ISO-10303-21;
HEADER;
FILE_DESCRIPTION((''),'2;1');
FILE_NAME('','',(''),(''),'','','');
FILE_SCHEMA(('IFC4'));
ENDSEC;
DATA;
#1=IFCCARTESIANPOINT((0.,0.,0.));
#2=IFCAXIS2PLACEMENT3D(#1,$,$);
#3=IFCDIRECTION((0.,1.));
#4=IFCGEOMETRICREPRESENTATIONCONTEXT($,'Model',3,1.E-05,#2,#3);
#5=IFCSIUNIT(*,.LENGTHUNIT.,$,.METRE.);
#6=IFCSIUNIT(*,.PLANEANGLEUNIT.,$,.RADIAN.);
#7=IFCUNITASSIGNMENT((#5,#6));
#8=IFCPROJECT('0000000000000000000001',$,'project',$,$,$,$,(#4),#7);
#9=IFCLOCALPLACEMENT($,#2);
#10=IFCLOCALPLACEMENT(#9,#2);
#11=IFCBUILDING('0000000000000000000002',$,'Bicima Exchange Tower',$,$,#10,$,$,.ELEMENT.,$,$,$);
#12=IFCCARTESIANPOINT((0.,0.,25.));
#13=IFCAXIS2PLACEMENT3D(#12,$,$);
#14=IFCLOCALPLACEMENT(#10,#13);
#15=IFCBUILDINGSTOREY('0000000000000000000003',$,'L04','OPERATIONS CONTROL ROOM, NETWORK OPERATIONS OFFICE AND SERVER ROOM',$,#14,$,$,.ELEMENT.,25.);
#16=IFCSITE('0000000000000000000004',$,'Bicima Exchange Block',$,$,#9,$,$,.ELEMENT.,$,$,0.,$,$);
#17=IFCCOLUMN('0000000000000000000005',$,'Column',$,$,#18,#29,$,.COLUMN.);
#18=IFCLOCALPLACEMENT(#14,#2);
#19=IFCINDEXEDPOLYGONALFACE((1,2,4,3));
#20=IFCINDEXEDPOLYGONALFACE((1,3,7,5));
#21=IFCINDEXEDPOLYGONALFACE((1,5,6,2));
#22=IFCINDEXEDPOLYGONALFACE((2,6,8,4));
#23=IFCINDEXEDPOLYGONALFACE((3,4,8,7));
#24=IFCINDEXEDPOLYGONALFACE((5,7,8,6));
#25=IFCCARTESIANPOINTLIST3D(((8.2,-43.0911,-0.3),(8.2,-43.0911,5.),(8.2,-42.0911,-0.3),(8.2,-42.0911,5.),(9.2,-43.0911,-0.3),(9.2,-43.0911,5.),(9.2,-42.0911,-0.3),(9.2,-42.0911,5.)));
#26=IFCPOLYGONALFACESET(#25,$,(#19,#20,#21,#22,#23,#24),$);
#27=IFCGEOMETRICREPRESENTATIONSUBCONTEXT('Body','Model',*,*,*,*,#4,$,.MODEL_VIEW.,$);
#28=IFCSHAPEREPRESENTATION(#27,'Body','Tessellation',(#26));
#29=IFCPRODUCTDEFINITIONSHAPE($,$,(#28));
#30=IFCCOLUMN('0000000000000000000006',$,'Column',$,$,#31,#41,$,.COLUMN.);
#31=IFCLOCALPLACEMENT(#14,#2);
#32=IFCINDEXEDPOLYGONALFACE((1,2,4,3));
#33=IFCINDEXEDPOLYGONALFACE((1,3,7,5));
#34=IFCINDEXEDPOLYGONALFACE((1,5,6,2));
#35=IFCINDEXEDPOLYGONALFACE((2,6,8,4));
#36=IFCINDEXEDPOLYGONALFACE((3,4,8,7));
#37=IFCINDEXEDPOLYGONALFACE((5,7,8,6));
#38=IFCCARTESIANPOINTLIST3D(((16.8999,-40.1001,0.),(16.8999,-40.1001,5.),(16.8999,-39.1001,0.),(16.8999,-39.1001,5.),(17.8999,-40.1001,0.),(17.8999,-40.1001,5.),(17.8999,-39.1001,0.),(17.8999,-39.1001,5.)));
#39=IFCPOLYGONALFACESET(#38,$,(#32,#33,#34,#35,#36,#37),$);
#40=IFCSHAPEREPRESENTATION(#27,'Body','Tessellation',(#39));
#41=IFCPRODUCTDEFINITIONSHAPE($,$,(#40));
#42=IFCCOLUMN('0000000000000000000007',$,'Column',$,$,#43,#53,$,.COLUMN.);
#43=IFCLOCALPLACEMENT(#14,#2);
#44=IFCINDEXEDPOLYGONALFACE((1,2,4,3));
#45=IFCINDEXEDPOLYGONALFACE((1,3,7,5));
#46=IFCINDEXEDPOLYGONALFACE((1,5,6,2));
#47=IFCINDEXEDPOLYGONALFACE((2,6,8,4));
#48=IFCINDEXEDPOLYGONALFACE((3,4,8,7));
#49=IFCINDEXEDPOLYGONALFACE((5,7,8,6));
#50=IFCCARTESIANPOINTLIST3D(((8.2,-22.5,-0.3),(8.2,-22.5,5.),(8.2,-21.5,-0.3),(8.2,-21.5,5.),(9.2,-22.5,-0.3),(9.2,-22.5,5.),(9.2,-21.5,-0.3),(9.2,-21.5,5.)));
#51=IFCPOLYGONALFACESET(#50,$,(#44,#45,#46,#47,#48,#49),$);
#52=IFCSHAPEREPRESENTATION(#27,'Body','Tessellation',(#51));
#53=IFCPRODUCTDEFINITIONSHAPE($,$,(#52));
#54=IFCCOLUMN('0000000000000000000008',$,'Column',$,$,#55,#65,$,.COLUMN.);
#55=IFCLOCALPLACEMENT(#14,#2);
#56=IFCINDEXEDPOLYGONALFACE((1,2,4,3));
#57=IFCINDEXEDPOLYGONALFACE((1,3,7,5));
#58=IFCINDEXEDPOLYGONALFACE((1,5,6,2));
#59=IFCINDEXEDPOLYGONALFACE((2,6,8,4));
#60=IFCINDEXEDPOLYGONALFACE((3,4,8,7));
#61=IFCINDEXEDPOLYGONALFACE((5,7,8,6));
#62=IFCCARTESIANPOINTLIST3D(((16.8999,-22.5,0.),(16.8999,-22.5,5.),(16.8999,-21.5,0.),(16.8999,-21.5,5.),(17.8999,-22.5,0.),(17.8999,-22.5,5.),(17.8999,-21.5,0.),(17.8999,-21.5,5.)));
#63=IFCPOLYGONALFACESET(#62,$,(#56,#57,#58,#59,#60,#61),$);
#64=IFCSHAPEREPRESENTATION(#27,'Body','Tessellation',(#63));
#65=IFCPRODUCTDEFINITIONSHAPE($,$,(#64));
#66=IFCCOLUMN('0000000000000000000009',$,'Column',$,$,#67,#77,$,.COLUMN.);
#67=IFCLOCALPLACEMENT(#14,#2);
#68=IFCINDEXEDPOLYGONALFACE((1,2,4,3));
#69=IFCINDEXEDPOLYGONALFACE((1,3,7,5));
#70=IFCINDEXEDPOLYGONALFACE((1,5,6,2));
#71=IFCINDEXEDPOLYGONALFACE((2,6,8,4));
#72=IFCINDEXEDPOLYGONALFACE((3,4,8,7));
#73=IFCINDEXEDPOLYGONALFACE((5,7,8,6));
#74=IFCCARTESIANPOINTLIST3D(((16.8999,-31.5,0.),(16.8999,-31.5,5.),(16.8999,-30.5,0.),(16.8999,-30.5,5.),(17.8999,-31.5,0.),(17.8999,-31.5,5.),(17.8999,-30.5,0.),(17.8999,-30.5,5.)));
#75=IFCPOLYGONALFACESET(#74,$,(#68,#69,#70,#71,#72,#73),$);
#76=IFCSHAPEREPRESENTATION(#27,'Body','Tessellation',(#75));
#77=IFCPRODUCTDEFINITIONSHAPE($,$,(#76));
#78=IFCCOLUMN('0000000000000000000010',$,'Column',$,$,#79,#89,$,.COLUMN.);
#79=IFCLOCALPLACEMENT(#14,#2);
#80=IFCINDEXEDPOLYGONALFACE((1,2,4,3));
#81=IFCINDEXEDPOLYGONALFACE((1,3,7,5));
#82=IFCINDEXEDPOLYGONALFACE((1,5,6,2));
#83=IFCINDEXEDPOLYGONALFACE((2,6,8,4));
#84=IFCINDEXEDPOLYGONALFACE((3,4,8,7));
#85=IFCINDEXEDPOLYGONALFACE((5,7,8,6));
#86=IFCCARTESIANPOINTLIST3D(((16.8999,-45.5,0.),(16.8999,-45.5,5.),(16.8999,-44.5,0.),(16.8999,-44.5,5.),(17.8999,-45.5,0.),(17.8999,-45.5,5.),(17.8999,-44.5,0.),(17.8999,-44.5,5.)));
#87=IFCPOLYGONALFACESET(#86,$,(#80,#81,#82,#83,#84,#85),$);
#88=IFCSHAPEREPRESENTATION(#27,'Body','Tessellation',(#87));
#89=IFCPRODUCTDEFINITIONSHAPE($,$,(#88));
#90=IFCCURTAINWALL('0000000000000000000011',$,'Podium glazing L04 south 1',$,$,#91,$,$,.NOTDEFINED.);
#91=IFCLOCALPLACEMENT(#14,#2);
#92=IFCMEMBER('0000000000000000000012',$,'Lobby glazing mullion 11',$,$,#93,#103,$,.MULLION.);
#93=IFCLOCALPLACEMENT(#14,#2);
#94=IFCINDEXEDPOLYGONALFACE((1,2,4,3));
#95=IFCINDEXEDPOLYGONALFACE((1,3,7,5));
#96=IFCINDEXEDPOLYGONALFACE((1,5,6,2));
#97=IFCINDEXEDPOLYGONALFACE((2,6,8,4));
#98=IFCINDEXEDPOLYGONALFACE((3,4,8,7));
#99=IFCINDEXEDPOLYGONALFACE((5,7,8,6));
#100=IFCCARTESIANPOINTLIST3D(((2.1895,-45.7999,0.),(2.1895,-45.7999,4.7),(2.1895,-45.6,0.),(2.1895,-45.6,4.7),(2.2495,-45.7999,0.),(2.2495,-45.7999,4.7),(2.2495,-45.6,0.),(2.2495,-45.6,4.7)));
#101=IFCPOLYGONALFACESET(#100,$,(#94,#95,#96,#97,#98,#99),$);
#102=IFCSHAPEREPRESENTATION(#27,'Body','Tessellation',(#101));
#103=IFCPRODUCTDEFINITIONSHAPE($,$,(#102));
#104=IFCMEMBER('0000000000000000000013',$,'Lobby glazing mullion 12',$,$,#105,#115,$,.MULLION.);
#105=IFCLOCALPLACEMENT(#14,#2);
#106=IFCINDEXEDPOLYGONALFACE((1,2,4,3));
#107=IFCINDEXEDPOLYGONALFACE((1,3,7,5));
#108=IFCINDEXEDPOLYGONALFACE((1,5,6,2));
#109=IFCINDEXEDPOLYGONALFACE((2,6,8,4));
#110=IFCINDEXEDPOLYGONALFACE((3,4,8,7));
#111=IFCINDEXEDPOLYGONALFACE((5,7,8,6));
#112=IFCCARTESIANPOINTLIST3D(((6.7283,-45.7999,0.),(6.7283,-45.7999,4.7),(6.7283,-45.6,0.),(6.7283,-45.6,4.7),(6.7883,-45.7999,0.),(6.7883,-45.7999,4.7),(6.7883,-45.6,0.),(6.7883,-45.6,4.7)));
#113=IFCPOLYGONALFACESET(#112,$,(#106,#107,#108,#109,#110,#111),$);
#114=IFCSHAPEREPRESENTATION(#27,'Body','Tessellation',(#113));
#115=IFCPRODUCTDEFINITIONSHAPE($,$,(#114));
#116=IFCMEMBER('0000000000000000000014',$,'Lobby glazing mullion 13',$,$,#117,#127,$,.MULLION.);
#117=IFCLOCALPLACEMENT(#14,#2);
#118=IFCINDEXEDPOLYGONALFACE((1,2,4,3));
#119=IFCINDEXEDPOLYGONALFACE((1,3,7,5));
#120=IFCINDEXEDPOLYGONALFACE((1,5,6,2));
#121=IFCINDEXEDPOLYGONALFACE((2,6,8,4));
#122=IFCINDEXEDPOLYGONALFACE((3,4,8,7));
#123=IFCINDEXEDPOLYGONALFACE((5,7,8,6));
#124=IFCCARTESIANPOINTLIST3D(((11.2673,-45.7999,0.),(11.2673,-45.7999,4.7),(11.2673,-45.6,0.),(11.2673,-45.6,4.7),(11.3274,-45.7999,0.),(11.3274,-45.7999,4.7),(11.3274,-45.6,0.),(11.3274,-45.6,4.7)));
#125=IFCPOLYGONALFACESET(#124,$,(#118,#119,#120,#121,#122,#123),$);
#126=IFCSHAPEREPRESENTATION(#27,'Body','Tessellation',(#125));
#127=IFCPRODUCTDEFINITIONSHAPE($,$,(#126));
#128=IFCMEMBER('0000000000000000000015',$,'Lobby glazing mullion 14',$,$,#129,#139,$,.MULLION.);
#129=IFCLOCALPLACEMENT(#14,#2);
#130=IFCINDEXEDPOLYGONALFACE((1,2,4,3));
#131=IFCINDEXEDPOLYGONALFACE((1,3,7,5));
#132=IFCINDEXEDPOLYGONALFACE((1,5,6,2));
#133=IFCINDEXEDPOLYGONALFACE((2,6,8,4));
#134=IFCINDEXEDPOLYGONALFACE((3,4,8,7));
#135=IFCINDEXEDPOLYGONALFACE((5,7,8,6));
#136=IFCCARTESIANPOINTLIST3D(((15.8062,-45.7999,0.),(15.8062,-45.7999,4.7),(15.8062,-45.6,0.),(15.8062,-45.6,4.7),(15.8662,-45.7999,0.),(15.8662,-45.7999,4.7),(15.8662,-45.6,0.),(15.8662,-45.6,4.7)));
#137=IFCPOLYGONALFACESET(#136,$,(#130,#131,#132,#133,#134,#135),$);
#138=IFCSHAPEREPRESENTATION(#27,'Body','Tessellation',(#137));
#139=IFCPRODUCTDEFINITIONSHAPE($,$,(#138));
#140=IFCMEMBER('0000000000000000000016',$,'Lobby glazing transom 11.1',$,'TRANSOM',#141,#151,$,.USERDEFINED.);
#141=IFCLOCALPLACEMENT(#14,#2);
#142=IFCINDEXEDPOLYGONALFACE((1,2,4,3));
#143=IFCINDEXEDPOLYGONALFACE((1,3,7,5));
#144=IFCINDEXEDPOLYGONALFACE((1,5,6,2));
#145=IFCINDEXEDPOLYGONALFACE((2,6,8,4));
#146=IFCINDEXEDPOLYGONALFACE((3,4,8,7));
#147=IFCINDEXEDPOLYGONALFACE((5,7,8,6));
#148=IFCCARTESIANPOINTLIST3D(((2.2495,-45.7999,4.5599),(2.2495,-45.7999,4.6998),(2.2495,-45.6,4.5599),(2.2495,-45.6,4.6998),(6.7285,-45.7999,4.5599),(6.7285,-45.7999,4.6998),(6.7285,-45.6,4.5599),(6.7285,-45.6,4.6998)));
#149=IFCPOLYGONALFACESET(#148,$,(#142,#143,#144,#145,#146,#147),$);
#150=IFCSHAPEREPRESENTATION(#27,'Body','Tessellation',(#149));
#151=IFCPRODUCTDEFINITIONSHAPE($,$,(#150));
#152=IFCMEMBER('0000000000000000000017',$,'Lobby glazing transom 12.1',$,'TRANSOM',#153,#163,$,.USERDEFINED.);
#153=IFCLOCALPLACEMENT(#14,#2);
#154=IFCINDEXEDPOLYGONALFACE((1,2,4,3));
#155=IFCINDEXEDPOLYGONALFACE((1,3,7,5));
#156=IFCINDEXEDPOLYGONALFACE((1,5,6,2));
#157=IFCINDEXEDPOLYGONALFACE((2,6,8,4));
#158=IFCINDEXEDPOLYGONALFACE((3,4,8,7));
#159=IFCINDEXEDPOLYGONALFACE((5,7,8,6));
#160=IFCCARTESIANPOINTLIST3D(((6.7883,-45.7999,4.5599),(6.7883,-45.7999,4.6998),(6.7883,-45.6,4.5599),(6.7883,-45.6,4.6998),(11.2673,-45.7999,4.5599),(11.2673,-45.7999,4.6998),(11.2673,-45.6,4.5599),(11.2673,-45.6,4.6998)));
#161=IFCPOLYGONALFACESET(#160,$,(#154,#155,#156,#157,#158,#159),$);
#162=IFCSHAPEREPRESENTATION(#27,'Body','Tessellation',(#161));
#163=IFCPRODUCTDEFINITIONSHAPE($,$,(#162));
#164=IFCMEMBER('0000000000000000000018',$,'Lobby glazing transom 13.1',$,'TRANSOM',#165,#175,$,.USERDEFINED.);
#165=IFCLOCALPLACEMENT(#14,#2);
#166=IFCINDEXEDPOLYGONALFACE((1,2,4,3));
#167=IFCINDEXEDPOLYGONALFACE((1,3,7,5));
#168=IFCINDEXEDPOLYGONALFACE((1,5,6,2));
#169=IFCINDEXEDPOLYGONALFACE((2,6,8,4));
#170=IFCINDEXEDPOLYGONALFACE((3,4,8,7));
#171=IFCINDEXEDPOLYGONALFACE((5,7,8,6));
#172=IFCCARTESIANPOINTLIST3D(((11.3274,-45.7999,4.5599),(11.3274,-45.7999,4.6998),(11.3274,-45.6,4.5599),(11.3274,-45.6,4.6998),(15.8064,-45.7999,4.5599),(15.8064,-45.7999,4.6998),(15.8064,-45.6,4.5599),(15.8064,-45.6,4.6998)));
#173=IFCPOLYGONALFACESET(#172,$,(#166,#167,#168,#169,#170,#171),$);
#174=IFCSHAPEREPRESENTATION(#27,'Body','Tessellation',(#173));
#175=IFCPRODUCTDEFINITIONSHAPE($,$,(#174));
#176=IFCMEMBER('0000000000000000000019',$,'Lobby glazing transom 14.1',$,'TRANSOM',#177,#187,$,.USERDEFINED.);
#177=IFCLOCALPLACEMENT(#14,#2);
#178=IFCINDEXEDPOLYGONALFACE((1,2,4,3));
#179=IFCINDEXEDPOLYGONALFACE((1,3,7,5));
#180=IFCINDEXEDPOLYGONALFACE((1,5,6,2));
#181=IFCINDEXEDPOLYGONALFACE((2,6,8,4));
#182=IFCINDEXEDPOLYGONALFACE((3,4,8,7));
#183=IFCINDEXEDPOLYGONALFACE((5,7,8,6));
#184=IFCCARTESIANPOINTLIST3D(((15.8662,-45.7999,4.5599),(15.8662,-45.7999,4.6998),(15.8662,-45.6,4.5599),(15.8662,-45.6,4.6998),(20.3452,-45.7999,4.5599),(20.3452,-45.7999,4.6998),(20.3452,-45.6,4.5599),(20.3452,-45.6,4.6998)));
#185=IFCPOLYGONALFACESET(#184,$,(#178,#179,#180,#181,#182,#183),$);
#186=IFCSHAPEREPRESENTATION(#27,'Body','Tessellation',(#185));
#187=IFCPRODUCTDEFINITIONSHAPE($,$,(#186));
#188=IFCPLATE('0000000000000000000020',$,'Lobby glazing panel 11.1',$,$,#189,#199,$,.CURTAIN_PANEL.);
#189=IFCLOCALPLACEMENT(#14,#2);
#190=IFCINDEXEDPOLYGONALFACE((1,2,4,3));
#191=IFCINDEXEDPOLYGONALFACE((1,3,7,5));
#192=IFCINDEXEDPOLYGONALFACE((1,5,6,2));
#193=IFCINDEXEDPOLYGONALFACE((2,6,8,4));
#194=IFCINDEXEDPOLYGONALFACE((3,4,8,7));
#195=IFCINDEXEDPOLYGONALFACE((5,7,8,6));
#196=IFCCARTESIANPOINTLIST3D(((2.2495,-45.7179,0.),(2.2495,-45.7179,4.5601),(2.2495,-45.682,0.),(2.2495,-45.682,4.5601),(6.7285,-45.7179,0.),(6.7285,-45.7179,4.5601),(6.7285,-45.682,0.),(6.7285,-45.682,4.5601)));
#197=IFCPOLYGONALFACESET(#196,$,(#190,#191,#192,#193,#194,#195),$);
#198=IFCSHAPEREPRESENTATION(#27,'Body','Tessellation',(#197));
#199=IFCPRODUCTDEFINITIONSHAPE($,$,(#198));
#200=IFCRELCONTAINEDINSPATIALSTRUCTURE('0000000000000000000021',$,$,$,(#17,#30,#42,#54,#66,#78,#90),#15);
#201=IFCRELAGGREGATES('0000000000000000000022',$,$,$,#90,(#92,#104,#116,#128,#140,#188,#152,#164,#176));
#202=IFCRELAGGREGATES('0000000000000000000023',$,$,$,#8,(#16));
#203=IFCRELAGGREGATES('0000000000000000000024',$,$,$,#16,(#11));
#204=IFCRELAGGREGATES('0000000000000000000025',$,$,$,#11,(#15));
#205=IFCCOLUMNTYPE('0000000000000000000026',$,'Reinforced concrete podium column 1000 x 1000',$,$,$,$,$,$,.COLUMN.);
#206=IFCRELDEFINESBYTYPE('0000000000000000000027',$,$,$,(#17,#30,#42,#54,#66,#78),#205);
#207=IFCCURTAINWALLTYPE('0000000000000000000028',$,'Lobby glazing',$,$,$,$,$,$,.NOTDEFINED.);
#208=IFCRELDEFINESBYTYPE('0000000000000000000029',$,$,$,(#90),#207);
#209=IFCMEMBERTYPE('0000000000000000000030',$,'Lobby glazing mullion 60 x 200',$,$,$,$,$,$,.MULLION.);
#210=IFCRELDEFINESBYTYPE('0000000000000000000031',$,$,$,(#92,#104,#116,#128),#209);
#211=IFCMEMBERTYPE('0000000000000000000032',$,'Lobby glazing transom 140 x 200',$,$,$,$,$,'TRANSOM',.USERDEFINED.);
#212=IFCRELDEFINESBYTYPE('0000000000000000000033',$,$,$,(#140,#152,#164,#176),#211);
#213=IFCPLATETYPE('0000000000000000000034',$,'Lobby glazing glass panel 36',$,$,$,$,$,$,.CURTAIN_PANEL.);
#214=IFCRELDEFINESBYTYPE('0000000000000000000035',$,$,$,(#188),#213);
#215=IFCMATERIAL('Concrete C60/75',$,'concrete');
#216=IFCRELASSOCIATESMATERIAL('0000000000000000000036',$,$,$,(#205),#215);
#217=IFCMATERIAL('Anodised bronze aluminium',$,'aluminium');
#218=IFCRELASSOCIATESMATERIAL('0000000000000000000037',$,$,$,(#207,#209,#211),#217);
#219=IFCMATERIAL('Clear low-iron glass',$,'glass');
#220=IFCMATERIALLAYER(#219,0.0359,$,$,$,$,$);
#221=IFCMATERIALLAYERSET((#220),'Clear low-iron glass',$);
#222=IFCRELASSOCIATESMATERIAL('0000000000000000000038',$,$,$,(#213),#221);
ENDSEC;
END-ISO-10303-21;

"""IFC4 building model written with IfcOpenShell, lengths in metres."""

from ifc_helpers import new_model, si_unit, direction, frame, origin, origin_2d, place, context, subcontext, project, spatial, rectangle, extrude, material, layer, layer_set, material_profile, profile_set, type_object, element, aggregate, save


model = new_model("IFC4")

# Units and contexts
model_context = context("Model", 3, precision=1e-05, world=origin(), true_north=direction((0.0, 1.0)))
body_context = subcontext(model_context, "Body", "Model", "MODEL_VIEW")
ifc_project = project(units=[si_unit("LENGTHUNIT", "METRE"), si_unit("PLANEANGLEUNIT", "RADIAN")], contexts=[model_context])

# Site, building, storey
site_placement = place(None, origin())
site = spatial("IfcSite", under=ifc_project, at=site_placement, Name="Bicima Exchange Block", CompositionType="ELEMENT", RefElevation=0.0)
building_placement = place(site_placement, origin())
building = spatial("IfcBuilding", under=site, at=building_placement, Name="Bicima Exchange Tower", CompositionType="ELEMENT")
storey_placement = place(building_placement, frame((0.0, 0.0, 25.0)))
storey = spatial("IfcBuildingStorey", under=building, at=storey_placement, Name="L04", Description="OPERATIONS CONTROL ROOM, NETWORK OPERATIONS OFFICE AND SERVER ROOM", CompositionType="ELEMENT", Elevation=25.0)

# Columns
ifc_material_1 = material(Name="Concrete C60/75", Category="concrete")
ifc_material_profile_1 = material_profile(ifc_material_1, rectangle(XDim=1.0, YDim=1.0, at=origin_2d()))
ifc_profile_set_1 = profile_set([ifc_material_profile_1], Name="Concrete C60/75")
column_type = type_object("IfcColumnType", Name="Reinforced concrete podium column 1000 x 1000", PredefinedType="COLUMN", material=ifc_profile_set_1)
column_1_placement = place(storey_placement, frame((8.7, -42.5911, -0.3), z_axis=(0.0, 0.0, 1.0), x_axis=(1.0, 0.0, 0.0)))
element("IfcColumn", 1, at=column_1_placement, inside=storey, type_object=column_type, Name="Column", PredefinedType="COLUMN", context=body_context, shape_type="SweptSolid", body=[
    extrude(rectangle(XDim=1.0, YDim=1.0, at=origin_2d()), origin(), (0.0, 0.0, 1.0), 5.3),
])
column_2_placement = place(storey_placement, frame((17.3999, -39.6001, 0.0), z_axis=(0.0, 0.0, 1.0), x_axis=(1.0, 0.0, 0.0)))
element("IfcColumn", 2, at=column_2_placement, inside=storey, type_object=column_type, Name="Column", PredefinedType="COLUMN", context=body_context, shape_type="SweptSolid", body=[
    extrude(rectangle(XDim=1.0, YDim=1.0, at=origin_2d()), origin(), (0.0, 0.0, 1.0), 5.0),
])
column_3_placement = place(storey_placement, frame((8.7, -22.0, -0.3), z_axis=(0.0, 0.0, 1.0), x_axis=(1.0, 0.0, 0.0)))
element("IfcColumn", 3, at=column_3_placement, inside=storey, type_object=column_type, Name="Column", PredefinedType="COLUMN", context=body_context, shape_type="SweptSolid", body=[
    extrude(rectangle(XDim=1.0, YDim=1.0, at=origin_2d()), origin(), (0.0, 0.0, 1.0), 5.3),
])
for number, where, z_axis, x_axis, name in (
    (4, (17.3999, -22.0, 0.0), (0.0, 0.0, 1.0), (1.0, 0.0, 0.0), "Column"),
    (5, (17.3999, -31.0, 0.0), (0.0, 0.0, 1.0), (1.0, 0.0, 0.0), "Column"),
    (6, (17.3999, -45.0, 0.0), (0.0, 0.0, 1.0), (1.0, 0.0, 0.0), "Column"),
):
    element("IfcColumn", number, at=place(storey_placement, frame(where, z_axis=z_axis, x_axis=x_axis)), inside=storey, type_object=column_type, Name=name, PredefinedType="COLUMN", context=body_context, shape_type="SweptSolid", body=[
        extrude(rectangle(XDim=1.0, YDim=1.0, at=origin_2d()), origin(), (0.0, 0.0, 1.0), 5.0),
    ])

# Curtain wall, members, plate
ifc_material_2 = material(Name="Anodised bronze aluminium", Category="aluminium")
curtain_wall_type = type_object("IfcCurtainWallType", Name="Lobby glazing", PredefinedType="NOTDEFINED", material=ifc_material_2)
curtain_wall_placement = place(storey_placement, origin())
curtain_wall = element("IfcCurtainWall", 7, at=curtain_wall_placement, inside=storey, type_object=curtain_wall_type, Name="Podium glazing L04 south 1", PredefinedType="NOTDEFINED")
ifc_material_profile_2 = material_profile(ifc_material_2, rectangle(XDim=0.2, YDim=0.0601, at=origin_2d()))
ifc_profile_set_2 = profile_set([ifc_material_profile_2], Name="Anodised bronze aluminium")
member_type_1 = type_object("IfcMemberType", Name="Lobby glazing mullion 60 x 200", PredefinedType="MULLION", material=ifc_profile_set_2)
member_1_placement = place(storey_placement, frame((2.2195, -45.7, 0.0), z_axis=(0.0, 0.0, 1.0), x_axis=(0.0, 1.0, 0.0)))
member_1 = element("IfcMember", 8, at=member_1_placement, type_object=member_type_1, Name="Lobby glazing mullion 11", PredefinedType="MULLION", context=body_context, shape_type="SweptSolid", body=[
    extrude(rectangle(XDim=0.2, YDim=0.0601, at=origin_2d()), origin(), (0.0, 0.0, 1.0), 4.7),
])
member_2_placement = place(storey_placement, frame((6.7583, -45.7, 0.0), z_axis=(0.0, 0.0, 1.0), x_axis=(0.0, 1.0, 0.0)))
member_2 = element("IfcMember", 9, at=member_2_placement, type_object=member_type_1, Name="Lobby glazing mullion 12", PredefinedType="MULLION", context=body_context, shape_type="SweptSolid", body=[
    extrude(rectangle(XDim=0.2, YDim=0.0601, at=origin_2d()), origin(), (0.0, 0.0, 1.0), 4.7),
])
member_3_placement = place(storey_placement, frame((11.2974, -45.7, 0.0), z_axis=(0.0, 0.0, 1.0), x_axis=(0.0, 1.0, 0.0)))
member_3 = element("IfcMember", 10, at=member_3_placement, type_object=member_type_1, Name="Lobby glazing mullion 13", PredefinedType="MULLION", context=body_context, shape_type="SweptSolid", body=[
    extrude(rectangle(XDim=0.2, YDim=0.0601, at=origin_2d()), origin(), (0.0, 0.0, 1.0), 4.7),
])
member_4_placement = place(storey_placement, frame((15.8362, -45.7, 0.0), z_axis=(0.0, 0.0, 1.0), x_axis=(0.0, 1.0, 0.0)))
member_4 = element("IfcMember", 11, at=member_4_placement, type_object=member_type_1, Name="Lobby glazing mullion 14", PredefinedType="MULLION", context=body_context, shape_type="SweptSolid", body=[
    extrude(rectangle(XDim=0.2, YDim=0.0601, at=origin_2d()), origin(), (0.0, 0.0, 1.0), 4.7),
])
ifc_material_profile_3 = material_profile(ifc_material_2, rectangle(XDim=0.2, YDim=0.1399, at=origin_2d()))
ifc_profile_set_3 = profile_set([ifc_material_profile_3], Name="Anodised bronze aluminium")
member_type_2 = type_object("IfcMemberType", Name="Lobby glazing transom 140 x 200", ElementType="TRANSOM", PredefinedType="USERDEFINED", material=ifc_profile_set_3)
member_5_placement = place(storey_placement, frame((2.2495, -45.7, 4.6299), z_axis=(1.0, 0.0, 0.0), x_axis=(0.0, 1.0, 0.0)))
member_5 = element("IfcMember", 12, at=member_5_placement, type_object=member_type_2, Name="Lobby glazing transom 11.1", ObjectType="TRANSOM", PredefinedType="USERDEFINED", context=body_context, shape_type="SweptSolid", body=[
    extrude(rectangle(XDim=0.2, YDim=0.1399, at=origin_2d()), origin(), (0.0, 0.0, 1.0), 4.479),
])
member_6_placement = place(storey_placement, frame((6.7883, -45.7, 4.6299), z_axis=(1.0, 0.0, 0.0), x_axis=(0.0, 1.0, 0.0)))
member_6 = element("IfcMember", 13, at=member_6_placement, type_object=member_type_2, Name="Lobby glazing transom 12.1", ObjectType="TRANSOM", PredefinedType="USERDEFINED", context=body_context, shape_type="SweptSolid", body=[
    extrude(rectangle(XDim=0.2, YDim=0.1399, at=origin_2d()), origin(), (0.0, 0.0, 1.0), 4.479),
])
member_7_placement = place(storey_placement, frame((11.3274, -45.7, 4.6299), z_axis=(1.0, 0.0, 0.0), x_axis=(0.0, 1.0, 0.0)))
member_7 = element("IfcMember", 14, at=member_7_placement, type_object=member_type_2, Name="Lobby glazing transom 13.1", ObjectType="TRANSOM", PredefinedType="USERDEFINED", context=body_context, shape_type="SweptSolid", body=[
    extrude(rectangle(XDim=0.2, YDim=0.1399, at=origin_2d()), origin(), (0.0, 0.0, 1.0), 4.479),
])
member_8_placement = place(storey_placement, frame((15.8662, -45.7, 4.6299), z_axis=(1.0, 0.0, 0.0), x_axis=(0.0, 1.0, 0.0)))
member_8 = element("IfcMember", 15, at=member_8_placement, type_object=member_type_2, Name="Lobby glazing transom 14.1", ObjectType="TRANSOM", PredefinedType="USERDEFINED", context=body_context, shape_type="SweptSolid", body=[
    extrude(rectangle(XDim=0.2, YDim=0.1399, at=origin_2d()), origin(), (0.0, 0.0, 1.0), 4.479),
])
ifc_material_3 = material(Name="Clear low-iron glass", Category="glass")
ifc_layer_1 = layer(ifc_material_3, 0.0359)
ifc_layer_set_1 = layer_set([ifc_layer_1], Name="Clear low-iron glass")
plate_type = type_object("IfcPlateType", Name="Lobby glazing glass panel 36", PredefinedType="CURTAIN_PANEL", material=ifc_layer_set_1)
plate_1_placement = place(storey_placement, frame((4.489, -45.7, 0.0), z_axis=(0.0, 0.0, 1.0), x_axis=(1.0, 0.0, 0.0)))
plate_1 = element("IfcPlate", 16, at=plate_1_placement, type_object=plate_type, Name="Lobby glazing panel 11.1", PredefinedType="CURTAIN_PANEL", context=body_context, shape_type="SweptSolid", body=[
    extrude(rectangle(XDim=4.479, YDim=0.0359, at=origin_2d()), origin(), (0.0, 0.0, 1.0), 4.5601),
])
aggregate(curtain_wall, [member_1, member_2, member_3, member_4, member_5, plate_1, member_6, member_7, member_8])

save(model, "model.ifc")
